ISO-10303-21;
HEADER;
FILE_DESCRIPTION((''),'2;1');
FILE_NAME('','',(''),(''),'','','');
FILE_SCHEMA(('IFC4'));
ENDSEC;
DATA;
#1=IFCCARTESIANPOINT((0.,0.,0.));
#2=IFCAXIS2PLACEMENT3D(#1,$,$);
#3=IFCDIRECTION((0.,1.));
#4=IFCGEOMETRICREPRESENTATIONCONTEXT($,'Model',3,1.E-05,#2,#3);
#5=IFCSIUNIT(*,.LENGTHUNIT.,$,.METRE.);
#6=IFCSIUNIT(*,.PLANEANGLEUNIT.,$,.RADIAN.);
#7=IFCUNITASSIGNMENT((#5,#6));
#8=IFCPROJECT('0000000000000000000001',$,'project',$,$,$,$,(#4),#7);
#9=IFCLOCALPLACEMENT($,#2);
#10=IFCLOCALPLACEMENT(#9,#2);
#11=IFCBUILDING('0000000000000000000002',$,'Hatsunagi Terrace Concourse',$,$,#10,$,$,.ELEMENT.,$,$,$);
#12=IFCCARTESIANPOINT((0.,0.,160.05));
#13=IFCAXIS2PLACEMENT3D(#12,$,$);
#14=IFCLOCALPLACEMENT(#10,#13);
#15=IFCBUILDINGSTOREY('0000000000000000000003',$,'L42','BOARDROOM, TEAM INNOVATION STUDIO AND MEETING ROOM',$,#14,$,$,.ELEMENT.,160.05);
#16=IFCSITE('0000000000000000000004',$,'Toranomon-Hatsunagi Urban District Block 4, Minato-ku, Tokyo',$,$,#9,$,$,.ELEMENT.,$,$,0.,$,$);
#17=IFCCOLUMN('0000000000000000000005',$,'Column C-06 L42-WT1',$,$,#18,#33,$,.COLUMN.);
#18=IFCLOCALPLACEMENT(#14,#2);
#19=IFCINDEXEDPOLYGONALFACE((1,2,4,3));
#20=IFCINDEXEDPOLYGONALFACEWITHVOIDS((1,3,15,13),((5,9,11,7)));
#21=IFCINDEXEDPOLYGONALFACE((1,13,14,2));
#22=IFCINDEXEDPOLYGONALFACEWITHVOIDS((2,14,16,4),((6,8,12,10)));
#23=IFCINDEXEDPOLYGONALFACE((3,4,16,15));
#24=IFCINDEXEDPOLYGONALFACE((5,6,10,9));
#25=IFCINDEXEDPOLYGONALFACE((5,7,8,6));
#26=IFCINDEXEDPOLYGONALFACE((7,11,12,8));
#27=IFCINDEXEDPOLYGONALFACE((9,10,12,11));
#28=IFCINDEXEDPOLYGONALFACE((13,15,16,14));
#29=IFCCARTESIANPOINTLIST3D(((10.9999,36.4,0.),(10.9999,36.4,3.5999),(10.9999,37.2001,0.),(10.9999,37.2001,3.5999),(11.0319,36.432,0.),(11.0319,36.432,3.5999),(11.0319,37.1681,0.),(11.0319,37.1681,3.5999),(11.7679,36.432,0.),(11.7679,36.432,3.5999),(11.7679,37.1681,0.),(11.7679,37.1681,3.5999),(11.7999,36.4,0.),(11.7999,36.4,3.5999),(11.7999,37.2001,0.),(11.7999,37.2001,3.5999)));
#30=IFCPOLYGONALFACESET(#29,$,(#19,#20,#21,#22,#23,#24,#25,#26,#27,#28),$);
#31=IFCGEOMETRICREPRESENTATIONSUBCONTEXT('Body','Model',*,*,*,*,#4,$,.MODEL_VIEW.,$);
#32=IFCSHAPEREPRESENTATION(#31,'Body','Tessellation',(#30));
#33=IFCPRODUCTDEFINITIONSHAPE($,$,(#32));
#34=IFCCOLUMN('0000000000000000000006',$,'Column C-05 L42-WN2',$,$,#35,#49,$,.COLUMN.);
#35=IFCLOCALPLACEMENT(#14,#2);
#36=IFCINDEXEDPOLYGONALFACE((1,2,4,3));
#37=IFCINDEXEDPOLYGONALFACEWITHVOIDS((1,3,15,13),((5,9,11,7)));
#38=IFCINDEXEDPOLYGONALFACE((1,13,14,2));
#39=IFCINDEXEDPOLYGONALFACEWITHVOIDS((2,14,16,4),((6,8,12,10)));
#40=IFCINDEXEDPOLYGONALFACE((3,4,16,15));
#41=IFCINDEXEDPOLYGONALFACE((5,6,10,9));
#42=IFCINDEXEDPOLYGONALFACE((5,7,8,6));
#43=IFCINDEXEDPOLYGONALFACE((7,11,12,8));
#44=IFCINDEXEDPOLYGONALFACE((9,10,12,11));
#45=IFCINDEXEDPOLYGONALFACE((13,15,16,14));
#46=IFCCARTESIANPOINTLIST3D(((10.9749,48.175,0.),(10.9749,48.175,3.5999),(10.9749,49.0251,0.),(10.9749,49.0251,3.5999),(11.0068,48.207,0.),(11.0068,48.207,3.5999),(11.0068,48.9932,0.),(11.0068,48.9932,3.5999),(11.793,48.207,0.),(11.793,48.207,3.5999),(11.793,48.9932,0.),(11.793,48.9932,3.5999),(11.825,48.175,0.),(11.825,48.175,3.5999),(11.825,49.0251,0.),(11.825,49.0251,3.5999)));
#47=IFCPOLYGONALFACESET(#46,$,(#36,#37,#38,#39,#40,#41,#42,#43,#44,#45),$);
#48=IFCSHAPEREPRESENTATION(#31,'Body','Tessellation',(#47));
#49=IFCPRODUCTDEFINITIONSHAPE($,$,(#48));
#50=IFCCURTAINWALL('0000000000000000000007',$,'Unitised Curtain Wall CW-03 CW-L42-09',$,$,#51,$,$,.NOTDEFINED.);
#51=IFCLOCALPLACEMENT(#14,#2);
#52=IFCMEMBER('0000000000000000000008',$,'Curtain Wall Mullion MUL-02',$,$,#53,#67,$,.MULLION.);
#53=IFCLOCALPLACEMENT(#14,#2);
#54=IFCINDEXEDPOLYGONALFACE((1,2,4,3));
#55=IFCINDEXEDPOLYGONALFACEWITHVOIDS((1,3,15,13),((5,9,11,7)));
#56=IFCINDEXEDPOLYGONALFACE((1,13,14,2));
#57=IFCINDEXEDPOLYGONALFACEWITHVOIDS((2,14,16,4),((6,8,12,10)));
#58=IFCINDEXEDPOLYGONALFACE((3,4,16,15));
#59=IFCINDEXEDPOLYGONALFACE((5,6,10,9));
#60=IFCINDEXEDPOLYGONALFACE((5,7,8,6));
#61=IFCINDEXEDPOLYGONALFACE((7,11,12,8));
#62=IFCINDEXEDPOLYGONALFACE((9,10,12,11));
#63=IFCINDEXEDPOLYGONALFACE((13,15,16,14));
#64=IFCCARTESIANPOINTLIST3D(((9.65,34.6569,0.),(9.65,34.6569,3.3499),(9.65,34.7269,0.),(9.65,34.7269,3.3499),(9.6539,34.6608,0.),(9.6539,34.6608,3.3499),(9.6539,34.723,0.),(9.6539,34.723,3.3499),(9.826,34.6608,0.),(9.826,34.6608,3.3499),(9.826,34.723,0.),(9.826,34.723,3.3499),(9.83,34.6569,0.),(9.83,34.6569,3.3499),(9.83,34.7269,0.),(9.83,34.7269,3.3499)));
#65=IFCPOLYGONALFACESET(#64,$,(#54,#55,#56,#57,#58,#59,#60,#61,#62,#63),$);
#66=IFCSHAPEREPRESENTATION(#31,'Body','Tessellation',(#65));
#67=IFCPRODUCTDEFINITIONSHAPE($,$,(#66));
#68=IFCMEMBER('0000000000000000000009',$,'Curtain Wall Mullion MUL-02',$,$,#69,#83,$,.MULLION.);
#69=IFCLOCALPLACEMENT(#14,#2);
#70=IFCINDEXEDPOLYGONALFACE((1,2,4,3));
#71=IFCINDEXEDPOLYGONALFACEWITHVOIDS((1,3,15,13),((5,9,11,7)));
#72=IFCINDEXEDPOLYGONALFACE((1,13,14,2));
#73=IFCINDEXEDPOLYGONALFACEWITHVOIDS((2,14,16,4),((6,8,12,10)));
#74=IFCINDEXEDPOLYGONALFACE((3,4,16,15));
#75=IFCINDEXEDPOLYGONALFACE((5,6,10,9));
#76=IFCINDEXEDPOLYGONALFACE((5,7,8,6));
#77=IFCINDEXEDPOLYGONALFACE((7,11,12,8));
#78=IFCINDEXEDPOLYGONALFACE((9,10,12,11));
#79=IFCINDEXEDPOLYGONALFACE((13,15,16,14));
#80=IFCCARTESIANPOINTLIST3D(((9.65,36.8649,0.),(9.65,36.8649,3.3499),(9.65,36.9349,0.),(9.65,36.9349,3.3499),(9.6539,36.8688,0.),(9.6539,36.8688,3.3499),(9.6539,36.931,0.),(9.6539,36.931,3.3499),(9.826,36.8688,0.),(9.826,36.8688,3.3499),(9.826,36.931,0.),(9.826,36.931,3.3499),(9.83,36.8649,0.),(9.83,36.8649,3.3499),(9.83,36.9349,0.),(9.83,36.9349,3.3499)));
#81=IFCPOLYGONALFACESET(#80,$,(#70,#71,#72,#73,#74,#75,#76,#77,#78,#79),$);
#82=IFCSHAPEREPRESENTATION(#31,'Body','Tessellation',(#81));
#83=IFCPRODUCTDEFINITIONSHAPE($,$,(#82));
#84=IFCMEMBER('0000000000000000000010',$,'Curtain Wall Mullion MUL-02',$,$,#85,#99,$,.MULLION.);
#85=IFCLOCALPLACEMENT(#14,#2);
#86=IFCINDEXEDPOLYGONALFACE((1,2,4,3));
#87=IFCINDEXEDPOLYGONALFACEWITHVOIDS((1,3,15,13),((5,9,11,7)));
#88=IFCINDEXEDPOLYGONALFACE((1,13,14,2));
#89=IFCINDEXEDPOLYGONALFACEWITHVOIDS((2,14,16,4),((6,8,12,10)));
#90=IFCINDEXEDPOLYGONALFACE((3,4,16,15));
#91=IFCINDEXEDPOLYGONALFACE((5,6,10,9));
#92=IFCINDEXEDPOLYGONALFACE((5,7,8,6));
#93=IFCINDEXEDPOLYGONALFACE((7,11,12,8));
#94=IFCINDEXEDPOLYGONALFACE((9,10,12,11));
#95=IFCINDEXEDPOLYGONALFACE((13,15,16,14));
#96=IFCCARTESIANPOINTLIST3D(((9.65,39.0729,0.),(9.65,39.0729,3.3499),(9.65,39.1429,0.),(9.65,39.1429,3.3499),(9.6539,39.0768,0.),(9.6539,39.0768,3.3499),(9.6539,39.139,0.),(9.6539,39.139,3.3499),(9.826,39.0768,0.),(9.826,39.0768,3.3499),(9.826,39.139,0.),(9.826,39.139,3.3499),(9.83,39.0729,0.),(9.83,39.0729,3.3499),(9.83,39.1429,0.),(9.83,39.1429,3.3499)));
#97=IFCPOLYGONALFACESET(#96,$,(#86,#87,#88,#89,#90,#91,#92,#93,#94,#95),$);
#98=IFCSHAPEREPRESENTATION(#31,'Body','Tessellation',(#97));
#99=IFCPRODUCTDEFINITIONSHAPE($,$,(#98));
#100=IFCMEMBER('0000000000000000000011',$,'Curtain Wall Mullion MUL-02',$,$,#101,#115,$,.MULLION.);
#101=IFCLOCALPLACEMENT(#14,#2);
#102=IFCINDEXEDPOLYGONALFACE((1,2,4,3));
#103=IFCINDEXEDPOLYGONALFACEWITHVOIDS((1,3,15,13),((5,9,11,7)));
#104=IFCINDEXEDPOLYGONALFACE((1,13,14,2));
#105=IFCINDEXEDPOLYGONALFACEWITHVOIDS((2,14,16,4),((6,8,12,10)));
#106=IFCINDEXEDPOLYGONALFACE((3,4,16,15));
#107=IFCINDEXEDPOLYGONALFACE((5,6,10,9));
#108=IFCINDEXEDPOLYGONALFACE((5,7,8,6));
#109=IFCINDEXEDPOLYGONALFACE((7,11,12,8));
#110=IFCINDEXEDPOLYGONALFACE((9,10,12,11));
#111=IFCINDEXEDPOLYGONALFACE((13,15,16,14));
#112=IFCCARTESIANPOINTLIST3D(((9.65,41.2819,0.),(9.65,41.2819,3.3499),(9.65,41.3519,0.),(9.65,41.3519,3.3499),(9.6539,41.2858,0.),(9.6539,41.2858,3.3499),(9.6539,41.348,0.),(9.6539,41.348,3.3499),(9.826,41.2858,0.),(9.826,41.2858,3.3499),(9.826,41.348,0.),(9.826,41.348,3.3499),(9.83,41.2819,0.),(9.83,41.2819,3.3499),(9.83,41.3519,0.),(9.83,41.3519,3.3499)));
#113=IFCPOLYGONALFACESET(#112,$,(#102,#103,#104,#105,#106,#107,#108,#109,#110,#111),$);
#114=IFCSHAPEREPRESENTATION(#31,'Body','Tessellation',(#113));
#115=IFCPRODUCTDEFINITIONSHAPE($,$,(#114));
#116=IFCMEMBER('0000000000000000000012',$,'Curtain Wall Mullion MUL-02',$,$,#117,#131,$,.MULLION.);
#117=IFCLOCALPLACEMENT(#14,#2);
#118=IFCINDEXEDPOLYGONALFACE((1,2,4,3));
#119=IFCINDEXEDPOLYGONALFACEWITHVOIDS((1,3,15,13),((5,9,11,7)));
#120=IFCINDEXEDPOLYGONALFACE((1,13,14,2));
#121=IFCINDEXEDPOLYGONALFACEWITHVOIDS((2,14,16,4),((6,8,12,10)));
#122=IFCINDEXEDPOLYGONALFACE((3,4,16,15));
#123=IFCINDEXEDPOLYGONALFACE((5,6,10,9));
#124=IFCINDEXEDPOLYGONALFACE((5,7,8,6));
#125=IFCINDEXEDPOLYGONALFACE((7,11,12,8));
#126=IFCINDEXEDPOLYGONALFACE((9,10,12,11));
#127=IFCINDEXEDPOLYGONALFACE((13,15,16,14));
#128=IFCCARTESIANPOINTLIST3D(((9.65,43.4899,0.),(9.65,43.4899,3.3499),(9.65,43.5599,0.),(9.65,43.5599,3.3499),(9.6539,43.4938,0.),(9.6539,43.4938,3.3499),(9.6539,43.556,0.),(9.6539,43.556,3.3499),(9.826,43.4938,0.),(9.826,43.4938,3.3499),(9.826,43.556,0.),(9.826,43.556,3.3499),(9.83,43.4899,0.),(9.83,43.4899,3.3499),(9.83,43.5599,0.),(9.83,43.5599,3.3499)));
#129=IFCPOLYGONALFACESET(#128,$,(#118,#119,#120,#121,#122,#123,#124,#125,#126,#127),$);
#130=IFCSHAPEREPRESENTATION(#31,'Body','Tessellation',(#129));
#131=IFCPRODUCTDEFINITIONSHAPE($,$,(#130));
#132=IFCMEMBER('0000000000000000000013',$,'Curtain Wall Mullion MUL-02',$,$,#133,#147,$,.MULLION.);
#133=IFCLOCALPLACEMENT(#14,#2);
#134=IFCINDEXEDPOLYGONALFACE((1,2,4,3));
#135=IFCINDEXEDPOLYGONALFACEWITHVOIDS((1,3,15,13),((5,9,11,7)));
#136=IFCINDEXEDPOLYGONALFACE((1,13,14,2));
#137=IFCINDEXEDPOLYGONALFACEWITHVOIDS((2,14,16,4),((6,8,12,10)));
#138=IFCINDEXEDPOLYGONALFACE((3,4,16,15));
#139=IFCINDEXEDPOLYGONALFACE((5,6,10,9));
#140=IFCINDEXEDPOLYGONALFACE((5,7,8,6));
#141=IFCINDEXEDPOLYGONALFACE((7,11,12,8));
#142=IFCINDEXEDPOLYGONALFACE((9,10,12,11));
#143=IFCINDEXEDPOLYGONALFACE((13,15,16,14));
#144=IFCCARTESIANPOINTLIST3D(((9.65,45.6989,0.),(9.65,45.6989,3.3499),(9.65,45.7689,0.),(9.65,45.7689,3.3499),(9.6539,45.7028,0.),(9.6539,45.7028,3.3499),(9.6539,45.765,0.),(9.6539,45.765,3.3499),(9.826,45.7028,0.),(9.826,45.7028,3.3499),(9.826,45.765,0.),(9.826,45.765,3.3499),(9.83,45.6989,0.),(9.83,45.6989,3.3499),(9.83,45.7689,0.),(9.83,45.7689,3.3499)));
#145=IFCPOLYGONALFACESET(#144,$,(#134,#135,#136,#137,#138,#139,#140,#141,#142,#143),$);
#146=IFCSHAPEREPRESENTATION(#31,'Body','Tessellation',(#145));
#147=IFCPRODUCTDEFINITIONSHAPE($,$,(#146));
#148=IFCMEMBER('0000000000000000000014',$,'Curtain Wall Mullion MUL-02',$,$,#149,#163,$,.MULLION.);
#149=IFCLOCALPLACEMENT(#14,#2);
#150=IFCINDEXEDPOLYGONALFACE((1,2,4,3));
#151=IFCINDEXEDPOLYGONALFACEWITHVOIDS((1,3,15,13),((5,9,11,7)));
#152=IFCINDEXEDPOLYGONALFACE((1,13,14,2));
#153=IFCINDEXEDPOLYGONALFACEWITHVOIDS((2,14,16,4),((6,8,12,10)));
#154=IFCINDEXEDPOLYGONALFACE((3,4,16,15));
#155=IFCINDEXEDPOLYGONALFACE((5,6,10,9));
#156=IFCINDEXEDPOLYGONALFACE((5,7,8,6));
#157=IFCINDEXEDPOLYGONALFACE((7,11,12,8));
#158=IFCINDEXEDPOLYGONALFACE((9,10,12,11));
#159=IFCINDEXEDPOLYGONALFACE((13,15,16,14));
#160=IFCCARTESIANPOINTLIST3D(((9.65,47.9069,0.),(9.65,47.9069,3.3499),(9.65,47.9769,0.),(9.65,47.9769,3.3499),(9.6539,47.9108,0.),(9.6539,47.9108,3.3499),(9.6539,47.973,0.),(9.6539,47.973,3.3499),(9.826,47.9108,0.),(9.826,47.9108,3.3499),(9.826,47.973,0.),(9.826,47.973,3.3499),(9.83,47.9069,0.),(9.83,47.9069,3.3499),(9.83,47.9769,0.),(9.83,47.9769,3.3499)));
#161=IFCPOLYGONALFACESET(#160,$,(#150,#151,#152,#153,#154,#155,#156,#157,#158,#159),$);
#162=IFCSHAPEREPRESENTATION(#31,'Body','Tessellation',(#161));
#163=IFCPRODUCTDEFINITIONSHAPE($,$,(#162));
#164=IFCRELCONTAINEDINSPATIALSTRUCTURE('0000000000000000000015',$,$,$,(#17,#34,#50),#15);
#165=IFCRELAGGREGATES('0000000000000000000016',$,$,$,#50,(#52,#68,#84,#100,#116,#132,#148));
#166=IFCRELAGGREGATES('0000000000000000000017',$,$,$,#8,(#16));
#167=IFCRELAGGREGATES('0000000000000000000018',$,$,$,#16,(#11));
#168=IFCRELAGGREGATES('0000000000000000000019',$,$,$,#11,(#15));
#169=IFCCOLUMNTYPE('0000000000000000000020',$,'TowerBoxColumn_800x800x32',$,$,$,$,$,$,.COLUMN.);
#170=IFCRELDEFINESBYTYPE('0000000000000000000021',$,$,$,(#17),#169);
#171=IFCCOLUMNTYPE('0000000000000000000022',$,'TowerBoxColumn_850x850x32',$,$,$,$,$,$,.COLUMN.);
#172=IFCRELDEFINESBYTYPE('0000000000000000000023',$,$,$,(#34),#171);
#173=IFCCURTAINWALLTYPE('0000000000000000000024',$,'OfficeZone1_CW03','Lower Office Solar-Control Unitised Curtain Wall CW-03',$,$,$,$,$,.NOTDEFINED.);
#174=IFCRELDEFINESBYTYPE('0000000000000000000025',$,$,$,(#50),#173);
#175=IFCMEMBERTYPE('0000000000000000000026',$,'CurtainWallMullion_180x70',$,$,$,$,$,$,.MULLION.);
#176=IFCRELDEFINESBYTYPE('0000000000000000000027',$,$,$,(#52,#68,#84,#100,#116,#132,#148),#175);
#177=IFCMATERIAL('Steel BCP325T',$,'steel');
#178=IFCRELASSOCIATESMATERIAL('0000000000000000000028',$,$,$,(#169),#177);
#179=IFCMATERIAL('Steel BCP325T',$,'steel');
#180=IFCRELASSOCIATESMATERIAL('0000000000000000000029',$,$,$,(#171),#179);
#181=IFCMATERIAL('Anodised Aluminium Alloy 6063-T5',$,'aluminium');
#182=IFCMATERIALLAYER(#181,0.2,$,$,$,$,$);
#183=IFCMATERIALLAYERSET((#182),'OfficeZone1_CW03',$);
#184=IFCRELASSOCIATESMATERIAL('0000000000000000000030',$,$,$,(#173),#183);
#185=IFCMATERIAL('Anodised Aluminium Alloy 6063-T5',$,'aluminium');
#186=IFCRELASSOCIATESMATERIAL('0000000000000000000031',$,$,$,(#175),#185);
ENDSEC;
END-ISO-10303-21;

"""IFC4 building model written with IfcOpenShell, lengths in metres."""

from ifc_helpers import new_model, si_unit, direction, frame, origin, origin_2d, place, context, subcontext, project, spatial, hollow_rectangle, extrude, material, layer, layer_set, material_profile, profile_set, type_object, element, aggregate, save


model = new_model("IFC4")

# Units and contexts
model_context = context("Model", 3, precision=1e-05, world=origin(), true_north=direction((0.0, 1.0)))
body_context = subcontext(model_context, "Body", "Model", "MODEL_VIEW")
ifc_project = project(units=[si_unit("LENGTHUNIT", "METRE"), si_unit("PLANEANGLEUNIT", "RADIAN")], contexts=[model_context])

# Site, building, storey
site_placement = place(None, origin())
site = spatial("IfcSite", under=ifc_project, at=site_placement, Name="Toranomon-Hatsunagi Urban District Block 4, Minato-ku, Tokyo", CompositionType="ELEMENT", RefElevation=0.0)
building_placement = place(site_placement, origin())
building = spatial("IfcBuilding", under=site, at=building_placement, Name="Hatsunagi Terrace Concourse", CompositionType="ELEMENT")
storey_placement = place(building_placement, frame((0.0, 0.0, 160.05)))
storey = spatial("IfcBuildingStorey", under=building, at=storey_placement, Name="L42", Description="BOARDROOM, TEAM INNOVATION STUDIO AND MEETING ROOM", CompositionType="ELEMENT", Elevation=160.05)

# Columns
ifc_material_1 = material(Name="Steel BCP325T", Category="steel")
ifc_material_profile_1 = material_profile(ifc_material_1, hollow_rectangle(XDim=0.8, YDim=0.8, WallThickness=0.032, at=origin_2d()), Name="BCP-800x800x32")
ifc_profile_set_1 = profile_set([ifc_material_profile_1], Name="Steel BCP325T")
column_type_1 = type_object("IfcColumnType", Name="TowerBoxColumn_800x800x32", PredefinedType="COLUMN", material=ifc_profile_set_1)
column_1_placement = place(storey_placement, frame((11.3999, 36.8, 0.0), z_axis=(0.0, 0.0, 1.0), x_axis=(1.0, 0.0, 0.0)))
element("IfcColumn", 1, at=column_1_placement, inside=storey, type_object=column_type_1, Name="Column C-06 L42-WT1", PredefinedType="COLUMN", context=body_context, shape_type="SweptSolid", body=[
    extrude(hollow_rectangle(XDim=0.8, YDim=0.8, WallThickness=0.032, at=origin_2d()), origin(), (0.0, 0.0, 1.0), 3.5999),
])
ifc_material_2 = material(Name="Steel BCP325T", Category="steel")
ifc_material_profile_2 = material_profile(ifc_material_2, hollow_rectangle(XDim=0.8501, YDim=0.8501, WallThickness=0.032, at=origin_2d()), Name="BCP-850x850x32")
ifc_profile_set_2 = profile_set([ifc_material_profile_2], Name="Steel BCP325T")
column_type_2 = type_object("IfcColumnType", Name="TowerBoxColumn_850x850x32", PredefinedType="COLUMN", material=ifc_profile_set_2)
column_2_placement = place(storey_placement, frame((11.3999, 48.6001, 0.0), z_axis=(0.0, 0.0, 1.0), x_axis=(1.0, 0.0, 0.0)))
element("IfcColumn", 2, at=column_2_placement, inside=storey, type_object=column_type_2, Name="Column C-05 L42-WN2", PredefinedType="COLUMN", context=body_context, shape_type="SweptSolid", body=[
    extrude(hollow_rectangle(XDim=0.8501, YDim=0.8501, WallThickness=0.032, at=origin_2d()), origin(), (0.0, 0.0, 1.0), 3.5999),
])

# Curtain wall, members
ifc_material_3 = material(Name="Anodised Aluminium Alloy 6063-T5", Category="aluminium")
ifc_layer_1 = layer(ifc_material_3, 0.2)
ifc_layer_set_1 = layer_set([ifc_layer_1], Name="OfficeZone1_CW03")
curtain_wall_type = type_object("IfcCurtainWallType", Name="OfficeZone1_CW03", Description="Lower Office Solar-Control Unitised Curtain Wall CW-03", PredefinedType="NOTDEFINED", material=ifc_layer_set_1)
curtain_wall_placement = place(storey_placement, origin())
curtain_wall = element("IfcCurtainWall", 3, at=curtain_wall_placement, inside=storey, type_object=curtain_wall_type, Name="Unitised Curtain Wall CW-03 CW-L42-09", PredefinedType="NOTDEFINED")
ifc_material_4 = material(Name="Anodised Aluminium Alloy 6063-T5", Category="aluminium")
ifc_material_profile_3 = material_profile(ifc_material_4, hollow_rectangle(XDim=0.0701, YDim=0.1799, WallThickness=0.0039, at=origin_2d()), Name="ALU-MUL-180x70x4")
ifc_profile_set_3 = profile_set([ifc_material_profile_3], Name="Anodised Aluminium Alloy 6063-T5")
member_type = type_object("IfcMemberType", Name="CurtainWallMullion_180x70", PredefinedType="MULLION", material=ifc_profile_set_3)
member_1_placement = place(storey_placement, frame((9.74, 34.6919, 0.0), z_axis=(0.0, 0.0, 1.0), x_axis=(0.0, 1.0, 0.0)))
member_1 = element("IfcMember", 4, at=member_1_placement, type_object=member_type, Name="Curtain Wall Mullion MUL-02", PredefinedType="MULLION", context=body_context, shape_type="SweptSolid", body=[
    extrude(hollow_rectangle(XDim=0.0701, YDim=0.1799, WallThickness=0.0039, at=origin_2d()), origin(), (0.0, 0.0, 1.0), 3.3499),
])
member_2_placement = place(storey_placement, frame((9.74, 36.8999, 0.0), z_axis=(0.0, 0.0, 1.0), x_axis=(0.0, 1.0, 0.0)))
member_2 = element("IfcMember", 5, at=member_2_placement, type_object=member_type, Name="Curtain Wall Mullion MUL-02", PredefinedType="MULLION", context=body_context, shape_type="SweptSolid", body=[
    extrude(hollow_rectangle(XDim=0.0701, YDim=0.1799, WallThickness=0.0039, at=origin_2d()), origin(), (0.0, 0.0, 1.0), 3.3499),
])
member_3_placement = place(storey_placement, frame((9.74, 39.1079, 0.0), z_axis=(0.0, 0.0, 1.0), x_axis=(0.0, 1.0, 0.0)))
member_3 = element("IfcMember", 6, at=member_3_placement, type_object=member_type, Name="Curtain Wall Mullion MUL-02", PredefinedType="MULLION", context=body_context, shape_type="SweptSolid", body=[
    extrude(hollow_rectangle(XDim=0.0701, YDim=0.1799, WallThickness=0.0039, at=origin_2d()), origin(), (0.0, 0.0, 1.0), 3.3499),
])
member_4_placement = place(storey_placement, frame((9.74, 41.3169, 0.0), z_axis=(0.0, 0.0, 1.0), x_axis=(0.0, 1.0, 0.0)))
member_4 = element("IfcMember", 7, at=member_4_placement, type_object=member_type, Name="Curtain Wall Mullion MUL-02", PredefinedType="MULLION", context=body_context, shape_type="SweptSolid", body=[
    extrude(hollow_rectangle(XDim=0.0701, YDim=0.1799, WallThickness=0.0039, at=origin_2d()), origin(), (0.0, 0.0, 1.0), 3.3499),
])
member_5_placement = place(storey_placement, frame((9.74, 43.5249, 0.0), z_axis=(0.0, 0.0, 1.0), x_axis=(0.0, 1.0, 0.0)))
member_5 = element("IfcMember", 8, at=member_5_placement, type_object=member_type, Name="Curtain Wall Mullion MUL-02", PredefinedType="MULLION", context=body_context, shape_type="SweptSolid", body=[
    extrude(hollow_rectangle(XDim=0.0701, YDim=0.1799, WallThickness=0.0039, at=origin_2d()), origin(), (0.0, 0.0, 1.0), 3.3499),
])
member_6_placement = place(storey_placement, frame((9.74, 45.7339, 0.0), z_axis=(0.0, 0.0, 1.0), x_axis=(0.0, 1.0, 0.0)))
member_6 = element("IfcMember", 9, at=member_6_placement, type_object=member_type, Name="Curtain Wall Mullion MUL-02", PredefinedType="MULLION", context=body_context, shape_type="SweptSolid", body=[
    extrude(hollow_rectangle(XDim=0.0701, YDim=0.1799, WallThickness=0.0039, at=origin_2d()), origin(), (0.0, 0.0, 1.0), 3.3499),
])
member_7_placement = place(storey_placement, frame((9.74, 47.9419, 0.0), z_axis=(0.0, 0.0, 1.0), x_axis=(0.0, 1.0, 0.0)))
member_7 = element("IfcMember", 10, at=member_7_placement, type_object=member_type, Name="Curtain Wall Mullion MUL-02", PredefinedType="MULLION", context=body_context, shape_type="SweptSolid", body=[
    extrude(hollow_rectangle(XDim=0.0701, YDim=0.1799, WallThickness=0.0039, at=origin_2d()), origin(), (0.0, 0.0, 1.0), 3.3499),
])

aggregate(curtain_wall, [member_1, member_2, member_3, member_4, member_5, member_6, member_7])

save(model, "model.ifc")
